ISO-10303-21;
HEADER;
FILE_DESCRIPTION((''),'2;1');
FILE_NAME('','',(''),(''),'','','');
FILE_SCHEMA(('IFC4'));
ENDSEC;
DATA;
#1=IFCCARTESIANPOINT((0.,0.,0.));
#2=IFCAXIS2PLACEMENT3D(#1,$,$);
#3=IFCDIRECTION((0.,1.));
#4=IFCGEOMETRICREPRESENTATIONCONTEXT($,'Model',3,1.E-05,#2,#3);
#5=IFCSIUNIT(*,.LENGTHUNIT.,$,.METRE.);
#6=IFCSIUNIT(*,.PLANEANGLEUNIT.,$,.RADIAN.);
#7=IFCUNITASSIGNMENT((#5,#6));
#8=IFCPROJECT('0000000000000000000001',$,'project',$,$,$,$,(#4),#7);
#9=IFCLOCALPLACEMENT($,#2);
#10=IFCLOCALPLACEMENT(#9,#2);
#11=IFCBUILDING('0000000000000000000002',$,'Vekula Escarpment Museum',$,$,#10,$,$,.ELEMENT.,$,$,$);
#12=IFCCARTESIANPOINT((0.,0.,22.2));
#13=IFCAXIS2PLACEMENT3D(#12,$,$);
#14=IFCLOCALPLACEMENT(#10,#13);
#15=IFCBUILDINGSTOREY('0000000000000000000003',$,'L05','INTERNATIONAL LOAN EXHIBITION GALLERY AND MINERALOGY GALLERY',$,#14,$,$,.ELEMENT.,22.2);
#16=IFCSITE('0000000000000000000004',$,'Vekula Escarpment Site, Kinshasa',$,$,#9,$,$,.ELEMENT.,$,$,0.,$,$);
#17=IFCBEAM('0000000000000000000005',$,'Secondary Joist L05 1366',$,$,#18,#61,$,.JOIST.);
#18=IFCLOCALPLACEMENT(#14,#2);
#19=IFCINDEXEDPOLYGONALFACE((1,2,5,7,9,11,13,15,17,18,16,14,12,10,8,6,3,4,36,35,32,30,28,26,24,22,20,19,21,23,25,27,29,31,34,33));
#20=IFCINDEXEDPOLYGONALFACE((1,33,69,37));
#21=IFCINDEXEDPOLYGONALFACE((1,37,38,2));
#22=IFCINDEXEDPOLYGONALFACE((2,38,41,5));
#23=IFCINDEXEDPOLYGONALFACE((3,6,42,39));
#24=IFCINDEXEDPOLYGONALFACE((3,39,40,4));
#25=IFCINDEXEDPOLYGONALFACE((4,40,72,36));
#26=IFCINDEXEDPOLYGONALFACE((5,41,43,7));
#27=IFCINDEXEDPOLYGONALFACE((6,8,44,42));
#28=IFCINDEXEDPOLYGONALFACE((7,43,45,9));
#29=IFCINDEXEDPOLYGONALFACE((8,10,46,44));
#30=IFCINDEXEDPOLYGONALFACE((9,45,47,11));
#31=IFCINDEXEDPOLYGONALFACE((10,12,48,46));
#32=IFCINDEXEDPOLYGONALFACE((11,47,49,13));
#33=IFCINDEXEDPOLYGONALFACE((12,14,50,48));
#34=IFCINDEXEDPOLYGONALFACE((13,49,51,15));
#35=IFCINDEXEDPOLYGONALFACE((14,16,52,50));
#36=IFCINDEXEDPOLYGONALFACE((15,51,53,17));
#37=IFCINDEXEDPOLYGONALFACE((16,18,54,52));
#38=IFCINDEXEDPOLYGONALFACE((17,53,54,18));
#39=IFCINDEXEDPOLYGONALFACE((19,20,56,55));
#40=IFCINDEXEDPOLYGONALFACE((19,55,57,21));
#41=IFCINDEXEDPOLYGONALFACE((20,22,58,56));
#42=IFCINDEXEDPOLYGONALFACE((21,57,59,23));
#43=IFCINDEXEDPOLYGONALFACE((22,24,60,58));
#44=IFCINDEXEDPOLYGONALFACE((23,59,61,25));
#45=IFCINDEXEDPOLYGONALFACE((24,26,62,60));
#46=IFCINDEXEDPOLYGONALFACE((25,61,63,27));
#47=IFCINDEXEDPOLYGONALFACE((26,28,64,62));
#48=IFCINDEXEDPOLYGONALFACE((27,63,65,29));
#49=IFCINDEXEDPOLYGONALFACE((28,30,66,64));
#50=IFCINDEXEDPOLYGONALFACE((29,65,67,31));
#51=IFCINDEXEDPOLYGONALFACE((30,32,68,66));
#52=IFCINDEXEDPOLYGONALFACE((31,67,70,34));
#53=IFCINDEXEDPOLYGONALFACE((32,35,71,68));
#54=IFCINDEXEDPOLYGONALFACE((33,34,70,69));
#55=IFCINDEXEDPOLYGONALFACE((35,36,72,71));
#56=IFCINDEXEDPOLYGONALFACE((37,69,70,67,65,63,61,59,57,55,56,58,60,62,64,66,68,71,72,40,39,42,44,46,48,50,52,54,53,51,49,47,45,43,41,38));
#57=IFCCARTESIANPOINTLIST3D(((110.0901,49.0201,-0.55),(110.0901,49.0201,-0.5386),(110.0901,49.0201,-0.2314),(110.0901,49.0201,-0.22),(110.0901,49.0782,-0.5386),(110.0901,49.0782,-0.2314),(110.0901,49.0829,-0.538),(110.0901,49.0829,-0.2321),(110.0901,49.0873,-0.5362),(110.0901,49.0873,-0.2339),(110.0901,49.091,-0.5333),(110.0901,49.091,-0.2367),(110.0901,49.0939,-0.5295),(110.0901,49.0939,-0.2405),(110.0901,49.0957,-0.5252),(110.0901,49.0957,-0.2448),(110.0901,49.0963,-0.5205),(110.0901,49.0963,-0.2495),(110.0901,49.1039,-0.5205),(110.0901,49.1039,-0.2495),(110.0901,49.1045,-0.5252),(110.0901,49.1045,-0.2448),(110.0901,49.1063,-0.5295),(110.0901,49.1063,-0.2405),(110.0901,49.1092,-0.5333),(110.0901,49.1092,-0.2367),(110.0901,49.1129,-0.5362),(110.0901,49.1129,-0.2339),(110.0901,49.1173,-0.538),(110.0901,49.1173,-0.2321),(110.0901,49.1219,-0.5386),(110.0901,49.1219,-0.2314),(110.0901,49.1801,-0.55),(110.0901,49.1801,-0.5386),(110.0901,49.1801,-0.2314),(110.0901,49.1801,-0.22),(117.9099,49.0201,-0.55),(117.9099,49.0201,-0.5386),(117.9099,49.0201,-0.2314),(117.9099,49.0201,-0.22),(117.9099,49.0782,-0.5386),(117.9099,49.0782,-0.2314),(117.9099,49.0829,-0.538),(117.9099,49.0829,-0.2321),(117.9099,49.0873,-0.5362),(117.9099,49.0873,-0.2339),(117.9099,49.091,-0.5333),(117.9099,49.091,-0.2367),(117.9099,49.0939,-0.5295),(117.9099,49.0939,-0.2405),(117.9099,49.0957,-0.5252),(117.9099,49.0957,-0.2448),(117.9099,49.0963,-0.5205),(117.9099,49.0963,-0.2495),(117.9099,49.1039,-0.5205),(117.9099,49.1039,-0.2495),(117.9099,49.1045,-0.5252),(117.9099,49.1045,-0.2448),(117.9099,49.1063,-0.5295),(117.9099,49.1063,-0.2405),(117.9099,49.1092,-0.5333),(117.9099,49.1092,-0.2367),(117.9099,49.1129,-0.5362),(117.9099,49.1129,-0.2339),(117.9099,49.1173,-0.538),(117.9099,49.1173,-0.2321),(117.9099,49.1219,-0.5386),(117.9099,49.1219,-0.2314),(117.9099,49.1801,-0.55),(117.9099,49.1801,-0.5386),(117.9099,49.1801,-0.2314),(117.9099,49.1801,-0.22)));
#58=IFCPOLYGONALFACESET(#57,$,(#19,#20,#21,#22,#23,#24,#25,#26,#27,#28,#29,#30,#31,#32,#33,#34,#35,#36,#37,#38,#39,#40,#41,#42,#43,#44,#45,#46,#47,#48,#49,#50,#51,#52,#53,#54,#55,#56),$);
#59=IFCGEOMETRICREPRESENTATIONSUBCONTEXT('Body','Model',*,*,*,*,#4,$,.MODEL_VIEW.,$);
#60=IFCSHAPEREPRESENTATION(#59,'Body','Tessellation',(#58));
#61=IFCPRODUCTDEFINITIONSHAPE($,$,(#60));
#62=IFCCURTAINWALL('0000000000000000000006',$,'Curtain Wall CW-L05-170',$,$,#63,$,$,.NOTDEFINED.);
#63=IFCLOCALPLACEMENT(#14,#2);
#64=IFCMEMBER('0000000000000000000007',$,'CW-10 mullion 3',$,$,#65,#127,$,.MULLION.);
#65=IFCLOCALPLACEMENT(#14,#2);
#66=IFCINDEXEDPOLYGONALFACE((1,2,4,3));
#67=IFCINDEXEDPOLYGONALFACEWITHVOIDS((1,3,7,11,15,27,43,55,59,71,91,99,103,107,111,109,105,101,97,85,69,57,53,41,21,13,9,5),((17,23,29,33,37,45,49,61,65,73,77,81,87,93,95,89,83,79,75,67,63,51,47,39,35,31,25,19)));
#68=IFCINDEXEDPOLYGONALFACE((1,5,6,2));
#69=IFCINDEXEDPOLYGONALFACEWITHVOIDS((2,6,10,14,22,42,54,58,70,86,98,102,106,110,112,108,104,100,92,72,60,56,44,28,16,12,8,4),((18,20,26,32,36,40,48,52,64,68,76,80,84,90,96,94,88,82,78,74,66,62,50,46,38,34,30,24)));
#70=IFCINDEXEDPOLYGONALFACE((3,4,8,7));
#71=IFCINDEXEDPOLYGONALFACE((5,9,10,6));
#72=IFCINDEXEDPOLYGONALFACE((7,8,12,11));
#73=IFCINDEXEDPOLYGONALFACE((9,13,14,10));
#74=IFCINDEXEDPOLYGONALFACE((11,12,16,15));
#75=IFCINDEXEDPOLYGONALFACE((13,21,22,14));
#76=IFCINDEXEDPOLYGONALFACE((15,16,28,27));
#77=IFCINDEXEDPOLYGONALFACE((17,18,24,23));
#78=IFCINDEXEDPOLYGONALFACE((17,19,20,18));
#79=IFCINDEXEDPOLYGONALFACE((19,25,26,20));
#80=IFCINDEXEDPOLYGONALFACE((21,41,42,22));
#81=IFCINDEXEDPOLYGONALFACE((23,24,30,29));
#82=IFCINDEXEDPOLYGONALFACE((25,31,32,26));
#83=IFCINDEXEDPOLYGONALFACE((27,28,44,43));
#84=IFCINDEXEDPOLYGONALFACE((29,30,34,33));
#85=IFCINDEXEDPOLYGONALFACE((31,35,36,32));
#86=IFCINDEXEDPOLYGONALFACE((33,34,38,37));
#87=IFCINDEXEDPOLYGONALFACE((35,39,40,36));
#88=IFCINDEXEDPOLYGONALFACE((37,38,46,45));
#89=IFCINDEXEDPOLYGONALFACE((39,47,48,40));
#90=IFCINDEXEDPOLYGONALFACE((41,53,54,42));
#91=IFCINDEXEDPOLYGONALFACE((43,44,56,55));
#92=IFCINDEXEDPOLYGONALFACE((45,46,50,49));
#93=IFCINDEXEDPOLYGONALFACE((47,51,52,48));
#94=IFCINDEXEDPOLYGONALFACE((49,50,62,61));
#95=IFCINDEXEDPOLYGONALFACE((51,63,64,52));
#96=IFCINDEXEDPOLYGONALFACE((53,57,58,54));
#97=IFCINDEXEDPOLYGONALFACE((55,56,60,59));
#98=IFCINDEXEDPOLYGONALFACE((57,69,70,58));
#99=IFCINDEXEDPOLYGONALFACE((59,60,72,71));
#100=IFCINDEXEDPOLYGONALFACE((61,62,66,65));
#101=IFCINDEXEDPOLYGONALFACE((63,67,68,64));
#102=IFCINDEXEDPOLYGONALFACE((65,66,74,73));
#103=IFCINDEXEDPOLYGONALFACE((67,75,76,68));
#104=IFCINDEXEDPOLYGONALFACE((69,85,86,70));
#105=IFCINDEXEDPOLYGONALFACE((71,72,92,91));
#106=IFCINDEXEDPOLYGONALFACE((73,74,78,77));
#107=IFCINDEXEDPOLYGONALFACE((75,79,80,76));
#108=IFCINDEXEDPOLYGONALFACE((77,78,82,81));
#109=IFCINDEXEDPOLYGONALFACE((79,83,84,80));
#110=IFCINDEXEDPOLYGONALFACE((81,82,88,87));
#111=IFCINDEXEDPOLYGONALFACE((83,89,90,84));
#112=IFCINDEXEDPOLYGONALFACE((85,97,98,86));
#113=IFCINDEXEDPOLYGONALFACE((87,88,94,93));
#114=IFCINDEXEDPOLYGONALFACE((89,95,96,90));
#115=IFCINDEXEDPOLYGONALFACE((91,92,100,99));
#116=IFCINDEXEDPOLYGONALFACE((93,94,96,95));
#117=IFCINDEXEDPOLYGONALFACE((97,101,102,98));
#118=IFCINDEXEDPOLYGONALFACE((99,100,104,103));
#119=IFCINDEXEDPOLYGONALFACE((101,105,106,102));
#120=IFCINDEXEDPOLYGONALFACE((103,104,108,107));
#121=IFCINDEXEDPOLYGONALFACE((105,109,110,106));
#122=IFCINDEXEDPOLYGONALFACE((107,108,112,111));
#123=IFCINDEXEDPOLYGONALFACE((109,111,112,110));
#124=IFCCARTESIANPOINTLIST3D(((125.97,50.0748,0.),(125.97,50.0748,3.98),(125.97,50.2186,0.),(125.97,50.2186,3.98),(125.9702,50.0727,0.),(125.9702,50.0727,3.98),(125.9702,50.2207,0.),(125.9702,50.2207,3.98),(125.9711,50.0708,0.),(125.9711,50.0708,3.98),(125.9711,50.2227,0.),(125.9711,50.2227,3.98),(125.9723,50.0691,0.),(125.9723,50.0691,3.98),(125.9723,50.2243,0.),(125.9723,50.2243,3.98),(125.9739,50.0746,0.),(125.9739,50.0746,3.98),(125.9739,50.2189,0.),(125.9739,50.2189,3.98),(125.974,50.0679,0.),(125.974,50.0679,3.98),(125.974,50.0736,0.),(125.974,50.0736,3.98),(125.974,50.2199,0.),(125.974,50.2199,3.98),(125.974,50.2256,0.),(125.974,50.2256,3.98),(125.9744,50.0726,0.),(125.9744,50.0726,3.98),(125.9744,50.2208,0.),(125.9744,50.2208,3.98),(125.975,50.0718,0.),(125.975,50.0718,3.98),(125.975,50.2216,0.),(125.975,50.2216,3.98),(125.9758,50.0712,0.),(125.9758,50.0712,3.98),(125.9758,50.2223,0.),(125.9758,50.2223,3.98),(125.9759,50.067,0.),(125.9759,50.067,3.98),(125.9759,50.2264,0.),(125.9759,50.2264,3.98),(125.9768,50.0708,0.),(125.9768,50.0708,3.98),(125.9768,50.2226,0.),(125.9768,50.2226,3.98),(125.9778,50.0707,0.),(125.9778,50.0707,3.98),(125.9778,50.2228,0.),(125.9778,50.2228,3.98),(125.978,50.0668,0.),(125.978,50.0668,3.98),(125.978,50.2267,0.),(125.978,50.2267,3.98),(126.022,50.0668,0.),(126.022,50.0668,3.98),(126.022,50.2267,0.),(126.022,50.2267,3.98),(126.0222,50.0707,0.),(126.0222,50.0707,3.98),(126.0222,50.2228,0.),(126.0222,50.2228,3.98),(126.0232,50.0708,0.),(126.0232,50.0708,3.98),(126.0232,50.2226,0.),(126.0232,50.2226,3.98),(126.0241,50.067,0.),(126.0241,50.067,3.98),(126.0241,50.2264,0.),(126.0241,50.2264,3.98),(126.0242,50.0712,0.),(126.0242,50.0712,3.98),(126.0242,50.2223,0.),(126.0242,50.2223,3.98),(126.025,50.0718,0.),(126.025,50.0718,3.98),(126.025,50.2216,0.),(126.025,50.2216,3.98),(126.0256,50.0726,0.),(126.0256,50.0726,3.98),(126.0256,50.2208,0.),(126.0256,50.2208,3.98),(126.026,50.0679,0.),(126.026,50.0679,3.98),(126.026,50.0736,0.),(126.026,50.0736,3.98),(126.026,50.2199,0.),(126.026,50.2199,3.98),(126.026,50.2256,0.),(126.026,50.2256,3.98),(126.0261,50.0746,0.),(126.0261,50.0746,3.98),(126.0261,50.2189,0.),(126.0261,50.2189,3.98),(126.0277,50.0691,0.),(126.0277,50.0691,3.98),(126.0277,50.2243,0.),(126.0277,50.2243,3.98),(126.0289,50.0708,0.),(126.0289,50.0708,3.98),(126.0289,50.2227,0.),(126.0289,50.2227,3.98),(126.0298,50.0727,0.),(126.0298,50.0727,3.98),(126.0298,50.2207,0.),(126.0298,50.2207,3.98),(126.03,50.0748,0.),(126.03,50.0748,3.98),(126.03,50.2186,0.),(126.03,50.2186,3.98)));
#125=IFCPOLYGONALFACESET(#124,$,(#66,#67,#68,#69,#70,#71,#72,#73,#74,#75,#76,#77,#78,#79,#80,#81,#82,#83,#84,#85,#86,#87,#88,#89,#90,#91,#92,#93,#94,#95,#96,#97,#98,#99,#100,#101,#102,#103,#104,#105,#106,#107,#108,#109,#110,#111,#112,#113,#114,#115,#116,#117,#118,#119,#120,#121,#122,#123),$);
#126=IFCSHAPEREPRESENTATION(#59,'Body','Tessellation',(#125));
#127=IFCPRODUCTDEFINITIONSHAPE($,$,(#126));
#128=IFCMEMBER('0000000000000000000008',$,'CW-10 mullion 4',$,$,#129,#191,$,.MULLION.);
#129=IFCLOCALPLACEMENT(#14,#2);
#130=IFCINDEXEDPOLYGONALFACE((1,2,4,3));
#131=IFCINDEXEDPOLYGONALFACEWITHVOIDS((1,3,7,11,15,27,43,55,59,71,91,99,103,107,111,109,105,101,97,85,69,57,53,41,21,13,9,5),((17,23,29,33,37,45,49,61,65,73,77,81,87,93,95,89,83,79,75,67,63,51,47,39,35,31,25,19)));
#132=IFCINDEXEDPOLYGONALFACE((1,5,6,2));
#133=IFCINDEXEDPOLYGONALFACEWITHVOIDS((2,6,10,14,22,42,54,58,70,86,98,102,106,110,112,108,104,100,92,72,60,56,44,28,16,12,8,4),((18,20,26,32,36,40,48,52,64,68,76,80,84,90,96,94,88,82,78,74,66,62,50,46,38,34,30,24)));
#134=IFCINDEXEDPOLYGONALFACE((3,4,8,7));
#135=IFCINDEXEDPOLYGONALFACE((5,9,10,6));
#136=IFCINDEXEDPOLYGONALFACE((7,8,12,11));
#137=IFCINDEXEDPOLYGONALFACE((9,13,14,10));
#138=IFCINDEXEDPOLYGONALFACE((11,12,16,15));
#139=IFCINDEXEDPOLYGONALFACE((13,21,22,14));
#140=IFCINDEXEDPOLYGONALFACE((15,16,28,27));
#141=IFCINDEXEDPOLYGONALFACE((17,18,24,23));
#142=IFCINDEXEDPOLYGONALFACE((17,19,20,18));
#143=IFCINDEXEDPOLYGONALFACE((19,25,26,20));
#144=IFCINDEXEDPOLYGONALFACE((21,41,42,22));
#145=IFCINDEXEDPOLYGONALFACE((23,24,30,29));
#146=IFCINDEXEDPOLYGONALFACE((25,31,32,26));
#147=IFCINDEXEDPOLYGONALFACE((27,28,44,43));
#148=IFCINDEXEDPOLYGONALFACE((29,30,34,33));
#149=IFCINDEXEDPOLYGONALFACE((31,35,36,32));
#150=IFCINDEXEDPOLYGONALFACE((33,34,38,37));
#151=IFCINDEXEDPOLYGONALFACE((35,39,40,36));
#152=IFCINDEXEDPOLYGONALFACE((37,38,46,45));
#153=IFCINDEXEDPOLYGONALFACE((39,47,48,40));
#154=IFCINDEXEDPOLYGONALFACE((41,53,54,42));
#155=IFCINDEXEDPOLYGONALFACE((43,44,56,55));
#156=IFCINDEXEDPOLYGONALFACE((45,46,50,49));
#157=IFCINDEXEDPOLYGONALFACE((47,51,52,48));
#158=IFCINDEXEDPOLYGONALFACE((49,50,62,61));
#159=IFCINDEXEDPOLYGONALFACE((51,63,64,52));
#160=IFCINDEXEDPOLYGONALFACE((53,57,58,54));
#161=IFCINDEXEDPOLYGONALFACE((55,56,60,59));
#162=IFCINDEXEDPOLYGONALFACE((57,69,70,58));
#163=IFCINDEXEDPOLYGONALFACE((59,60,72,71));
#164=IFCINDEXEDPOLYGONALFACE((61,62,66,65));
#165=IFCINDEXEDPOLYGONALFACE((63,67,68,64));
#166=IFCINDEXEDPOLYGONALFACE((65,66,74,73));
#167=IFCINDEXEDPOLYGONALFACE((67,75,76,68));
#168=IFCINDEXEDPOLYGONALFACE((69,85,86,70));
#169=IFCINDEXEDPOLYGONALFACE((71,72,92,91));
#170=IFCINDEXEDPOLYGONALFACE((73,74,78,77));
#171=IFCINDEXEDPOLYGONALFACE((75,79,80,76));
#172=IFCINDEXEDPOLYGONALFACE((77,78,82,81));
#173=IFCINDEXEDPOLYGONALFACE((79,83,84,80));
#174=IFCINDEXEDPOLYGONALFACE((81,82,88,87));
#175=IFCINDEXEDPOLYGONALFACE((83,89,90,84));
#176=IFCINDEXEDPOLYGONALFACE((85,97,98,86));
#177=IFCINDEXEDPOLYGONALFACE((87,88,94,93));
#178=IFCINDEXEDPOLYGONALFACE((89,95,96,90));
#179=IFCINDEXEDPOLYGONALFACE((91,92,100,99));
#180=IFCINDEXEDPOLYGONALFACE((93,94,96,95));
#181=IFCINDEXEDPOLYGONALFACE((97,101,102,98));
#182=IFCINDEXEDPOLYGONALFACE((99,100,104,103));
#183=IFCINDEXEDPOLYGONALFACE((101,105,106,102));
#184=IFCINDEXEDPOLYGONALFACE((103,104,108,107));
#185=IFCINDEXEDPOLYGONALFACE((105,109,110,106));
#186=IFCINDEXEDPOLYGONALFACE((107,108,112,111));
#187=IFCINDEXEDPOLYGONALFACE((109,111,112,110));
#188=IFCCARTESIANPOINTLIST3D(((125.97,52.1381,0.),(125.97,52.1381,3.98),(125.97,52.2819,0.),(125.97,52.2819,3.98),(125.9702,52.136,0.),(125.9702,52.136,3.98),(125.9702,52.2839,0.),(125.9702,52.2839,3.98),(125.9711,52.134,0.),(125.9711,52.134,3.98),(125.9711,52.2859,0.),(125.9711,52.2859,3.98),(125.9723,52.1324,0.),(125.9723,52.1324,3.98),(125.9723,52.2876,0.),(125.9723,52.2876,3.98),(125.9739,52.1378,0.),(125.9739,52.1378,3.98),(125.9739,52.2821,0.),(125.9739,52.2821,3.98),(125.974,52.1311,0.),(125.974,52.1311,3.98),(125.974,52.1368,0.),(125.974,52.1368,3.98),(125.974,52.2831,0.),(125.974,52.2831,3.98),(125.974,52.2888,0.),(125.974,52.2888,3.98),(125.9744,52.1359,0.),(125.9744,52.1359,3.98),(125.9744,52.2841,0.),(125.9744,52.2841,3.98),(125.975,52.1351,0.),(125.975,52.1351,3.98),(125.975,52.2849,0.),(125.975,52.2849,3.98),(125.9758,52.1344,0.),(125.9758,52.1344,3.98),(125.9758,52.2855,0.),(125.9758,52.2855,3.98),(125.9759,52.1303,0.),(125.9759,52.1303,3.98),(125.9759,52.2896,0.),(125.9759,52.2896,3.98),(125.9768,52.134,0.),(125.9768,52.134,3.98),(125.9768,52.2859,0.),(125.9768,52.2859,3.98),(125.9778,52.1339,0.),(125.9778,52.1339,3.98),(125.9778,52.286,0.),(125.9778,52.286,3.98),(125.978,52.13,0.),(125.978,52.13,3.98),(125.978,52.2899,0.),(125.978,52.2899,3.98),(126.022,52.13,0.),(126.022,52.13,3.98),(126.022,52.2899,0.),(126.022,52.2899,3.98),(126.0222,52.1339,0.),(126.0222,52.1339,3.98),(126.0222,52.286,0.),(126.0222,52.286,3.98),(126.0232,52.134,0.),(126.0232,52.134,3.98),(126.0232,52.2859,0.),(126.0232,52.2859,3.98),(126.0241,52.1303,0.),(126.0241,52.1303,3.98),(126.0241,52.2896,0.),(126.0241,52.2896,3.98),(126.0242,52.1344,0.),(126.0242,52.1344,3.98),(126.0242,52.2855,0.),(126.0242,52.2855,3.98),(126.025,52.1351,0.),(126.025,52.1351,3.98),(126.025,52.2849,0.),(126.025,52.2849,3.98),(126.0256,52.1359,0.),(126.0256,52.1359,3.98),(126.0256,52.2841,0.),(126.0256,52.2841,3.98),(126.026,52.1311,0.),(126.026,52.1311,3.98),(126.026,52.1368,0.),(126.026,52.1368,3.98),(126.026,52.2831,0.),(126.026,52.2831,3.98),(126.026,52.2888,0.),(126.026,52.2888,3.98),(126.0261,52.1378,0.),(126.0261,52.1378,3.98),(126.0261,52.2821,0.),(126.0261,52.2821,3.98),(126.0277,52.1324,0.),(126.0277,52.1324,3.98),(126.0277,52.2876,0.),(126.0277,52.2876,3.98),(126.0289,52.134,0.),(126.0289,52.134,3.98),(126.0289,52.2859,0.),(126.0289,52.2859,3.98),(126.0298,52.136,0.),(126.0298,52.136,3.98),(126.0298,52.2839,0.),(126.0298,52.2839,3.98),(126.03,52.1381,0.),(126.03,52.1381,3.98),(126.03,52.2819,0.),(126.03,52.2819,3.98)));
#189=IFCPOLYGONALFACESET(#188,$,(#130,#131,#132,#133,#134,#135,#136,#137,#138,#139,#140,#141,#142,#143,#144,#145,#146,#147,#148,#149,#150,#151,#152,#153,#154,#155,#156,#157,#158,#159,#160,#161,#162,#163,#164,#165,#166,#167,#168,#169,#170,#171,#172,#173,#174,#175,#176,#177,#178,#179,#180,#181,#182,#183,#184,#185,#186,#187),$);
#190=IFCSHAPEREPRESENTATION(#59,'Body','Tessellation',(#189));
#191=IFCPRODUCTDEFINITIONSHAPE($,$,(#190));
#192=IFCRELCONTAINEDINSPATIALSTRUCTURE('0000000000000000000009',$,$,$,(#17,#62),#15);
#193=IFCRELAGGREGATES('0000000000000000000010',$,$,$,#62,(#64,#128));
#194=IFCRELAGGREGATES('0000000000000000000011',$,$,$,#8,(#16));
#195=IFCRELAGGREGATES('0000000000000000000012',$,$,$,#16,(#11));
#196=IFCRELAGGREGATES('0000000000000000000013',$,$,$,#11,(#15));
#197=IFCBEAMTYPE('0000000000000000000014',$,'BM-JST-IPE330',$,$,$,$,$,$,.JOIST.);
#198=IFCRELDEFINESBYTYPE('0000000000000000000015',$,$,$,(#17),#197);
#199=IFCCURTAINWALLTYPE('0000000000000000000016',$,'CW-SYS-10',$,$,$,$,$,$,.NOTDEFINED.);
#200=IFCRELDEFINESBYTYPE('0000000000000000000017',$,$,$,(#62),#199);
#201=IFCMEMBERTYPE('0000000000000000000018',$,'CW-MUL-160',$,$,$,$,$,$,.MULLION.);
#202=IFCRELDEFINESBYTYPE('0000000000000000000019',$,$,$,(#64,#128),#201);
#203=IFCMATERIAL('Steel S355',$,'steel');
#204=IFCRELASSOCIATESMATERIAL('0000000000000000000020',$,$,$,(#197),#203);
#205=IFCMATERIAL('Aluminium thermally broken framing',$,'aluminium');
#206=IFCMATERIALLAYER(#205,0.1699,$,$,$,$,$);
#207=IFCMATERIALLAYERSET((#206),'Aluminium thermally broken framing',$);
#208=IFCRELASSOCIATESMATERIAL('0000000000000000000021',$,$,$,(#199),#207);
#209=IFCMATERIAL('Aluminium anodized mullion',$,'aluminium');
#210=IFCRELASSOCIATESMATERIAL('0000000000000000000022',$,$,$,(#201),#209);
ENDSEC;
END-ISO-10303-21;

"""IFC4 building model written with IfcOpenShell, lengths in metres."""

from ifc_helpers import new_model, si_unit, direction, frame, origin, origin_2d, place, context, subcontext, project, spatial, hollow_rectangle, i_section, extrude, material, layer, layer_set, material_profile, profile_set, type_object, element, aggregate, save


model = new_model("IFC4")

# Units and contexts
model_context = context("Model", 3, precision=1e-05, world=origin(), true_north=direction((0.0, 1.0)))
body_context = subcontext(model_context, "Body", "Model", "MODEL_VIEW")
ifc_project = project(units=[si_unit("LENGTHUNIT", "METRE"), si_unit("PLANEANGLEUNIT", "RADIAN")], contexts=[model_context])

# Site, building, storey
site_placement = place(None, origin())
site = spatial("IfcSite", under=ifc_project, at=site_placement, Name="Vekula Escarpment Site, Kinshasa", CompositionType="ELEMENT", RefElevation=0.0)
building_placement = place(site_placement, origin())
building = spatial("IfcBuilding", under=site, at=building_placement, Name="Vekula Escarpment Museum", CompositionType="ELEMENT")
storey_placement = place(building_placement, frame((0.0, 0.0, 22.2)))
storey = spatial("IfcBuildingStorey", under=building, at=storey_placement, Name="L05", Description="INTERNATIONAL LOAN EXHIBITION GALLERY AND MINERALOGY GALLERY", CompositionType="ELEMENT", Elevation=22.2)

# Beam
ifc_material_1 = material(Name="Steel S355", Category="steel")
ifc_material_profile_1 = material_profile(ifc_material_1, i_section(OverallWidth=0.1599, OverallDepth=0.3301, WebThickness=0.0076, FlangeThickness=0.0115, FilletRadius=0.0181, at=origin_2d()), Name="IPE 330")
ifc_profile_set_1 = profile_set([ifc_material_profile_1], Name="Steel S355")
beam_type_1 = type_object("IfcBeamType", Name="BM-JST-IPE330", PredefinedType="JOIST", material=ifc_profile_set_1)
beam_1_placement = place(storey_placement, frame((110.0901, 49.1001, -0.385), z_axis=(1.0, 0.0, 0.0), x_axis=(0.0, 1.0, 0.0)))
element("IfcBeam", 1, at=beam_1_placement, inside=storey, type_object=beam_type_1, Name="Secondary Joist L05 1366", PredefinedType="JOIST", context=body_context, shape_type="SweptSolid", body=[
    extrude(i_section(OverallWidth=0.1599, OverallDepth=0.3301, WebThickness=0.0076, FlangeThickness=0.0115, FilletRadius=0.0181, at=origin_2d()), origin(), (0.0, 0.0, 1.0), 7.8198),
])

# Curtain wall, members
ifc_material_2 = material(Name="Aluminium thermally broken framing", Category="aluminium")
ifc_layer_1 = layer(ifc_material_2, 0.1699)
ifc_layer_set_1 = layer_set([ifc_layer_1], Name="Aluminium thermally broken framing")
curtain_wall_type = type_object("IfcCurtainWallType", Name="CW-SYS-10", PredefinedType="NOTDEFINED", material=ifc_layer_set_1)
curtain_wall_placement = place(storey_placement, origin())
curtain_wall = element("IfcCurtainWall", 2, at=curtain_wall_placement, inside=storey, type_object=curtain_wall_type, Name="Curtain Wall CW-L05-170", PredefinedType="NOTDEFINED")
ifc_material_3 = material(Name="Aluminium anodized mullion", Category="aluminium")
ifc_material_profile_2 = material_profile(ifc_material_3, hollow_rectangle(XDim=0.0601, YDim=0.1599, WallThickness=0.0039, InnerFilletRadius=0.0039, OuterFilletRadius=0.0081, at=origin_2d()), Name="ALU 160x60x4")
ifc_profile_set_2 = profile_set([ifc_material_profile_2], Name="Aluminium anodized mullion")
member_type_1 = type_object("IfcMemberType", Name="CW-MUL-160", PredefinedType="MULLION", material=ifc_profile_set_2)
member_1_placement = place(storey_placement, frame((126.0, 50.1467, 0.0), z_axis=(0.0, 0.0, 1.0), x_axis=(-1.0, 0.0, 0.0)))
member_1 = element("IfcMember", 3, at=member_1_placement, type_object=member_type_1, Name="CW-10 mullion 3", PredefinedType="MULLION", context=body_context, shape_type="SweptSolid", body=[
    extrude(hollow_rectangle(XDim=0.0601, YDim=0.1599, WallThickness=0.0039, InnerFilletRadius=0.0039, OuterFilletRadius=0.0081, at=origin_2d()), origin(), (0.0, 0.0, 1.0), 3.98),
])
member_2_placement = place(storey_placement, frame((126.0, 52.21, 0.0), z_axis=(0.0, 0.0, 1.0), x_axis=(-1.0, 0.0, 0.0)))
member_2 = element("IfcMember", 4, at=member_2_placement, type_object=member_type_1, Name="CW-10 mullion 4", PredefinedType="MULLION", context=body_context, shape_type="SweptSolid", body=[
    extrude(hollow_rectangle(XDim=0.0601, YDim=0.1599, WallThickness=0.0039, InnerFilletRadius=0.0039, OuterFilletRadius=0.0081, at=origin_2d()), origin(), (0.0, 0.0, 1.0), 3.98),
])
aggregate(curtain_wall, [member_1, member_2])

save(model, "model.ifc")
